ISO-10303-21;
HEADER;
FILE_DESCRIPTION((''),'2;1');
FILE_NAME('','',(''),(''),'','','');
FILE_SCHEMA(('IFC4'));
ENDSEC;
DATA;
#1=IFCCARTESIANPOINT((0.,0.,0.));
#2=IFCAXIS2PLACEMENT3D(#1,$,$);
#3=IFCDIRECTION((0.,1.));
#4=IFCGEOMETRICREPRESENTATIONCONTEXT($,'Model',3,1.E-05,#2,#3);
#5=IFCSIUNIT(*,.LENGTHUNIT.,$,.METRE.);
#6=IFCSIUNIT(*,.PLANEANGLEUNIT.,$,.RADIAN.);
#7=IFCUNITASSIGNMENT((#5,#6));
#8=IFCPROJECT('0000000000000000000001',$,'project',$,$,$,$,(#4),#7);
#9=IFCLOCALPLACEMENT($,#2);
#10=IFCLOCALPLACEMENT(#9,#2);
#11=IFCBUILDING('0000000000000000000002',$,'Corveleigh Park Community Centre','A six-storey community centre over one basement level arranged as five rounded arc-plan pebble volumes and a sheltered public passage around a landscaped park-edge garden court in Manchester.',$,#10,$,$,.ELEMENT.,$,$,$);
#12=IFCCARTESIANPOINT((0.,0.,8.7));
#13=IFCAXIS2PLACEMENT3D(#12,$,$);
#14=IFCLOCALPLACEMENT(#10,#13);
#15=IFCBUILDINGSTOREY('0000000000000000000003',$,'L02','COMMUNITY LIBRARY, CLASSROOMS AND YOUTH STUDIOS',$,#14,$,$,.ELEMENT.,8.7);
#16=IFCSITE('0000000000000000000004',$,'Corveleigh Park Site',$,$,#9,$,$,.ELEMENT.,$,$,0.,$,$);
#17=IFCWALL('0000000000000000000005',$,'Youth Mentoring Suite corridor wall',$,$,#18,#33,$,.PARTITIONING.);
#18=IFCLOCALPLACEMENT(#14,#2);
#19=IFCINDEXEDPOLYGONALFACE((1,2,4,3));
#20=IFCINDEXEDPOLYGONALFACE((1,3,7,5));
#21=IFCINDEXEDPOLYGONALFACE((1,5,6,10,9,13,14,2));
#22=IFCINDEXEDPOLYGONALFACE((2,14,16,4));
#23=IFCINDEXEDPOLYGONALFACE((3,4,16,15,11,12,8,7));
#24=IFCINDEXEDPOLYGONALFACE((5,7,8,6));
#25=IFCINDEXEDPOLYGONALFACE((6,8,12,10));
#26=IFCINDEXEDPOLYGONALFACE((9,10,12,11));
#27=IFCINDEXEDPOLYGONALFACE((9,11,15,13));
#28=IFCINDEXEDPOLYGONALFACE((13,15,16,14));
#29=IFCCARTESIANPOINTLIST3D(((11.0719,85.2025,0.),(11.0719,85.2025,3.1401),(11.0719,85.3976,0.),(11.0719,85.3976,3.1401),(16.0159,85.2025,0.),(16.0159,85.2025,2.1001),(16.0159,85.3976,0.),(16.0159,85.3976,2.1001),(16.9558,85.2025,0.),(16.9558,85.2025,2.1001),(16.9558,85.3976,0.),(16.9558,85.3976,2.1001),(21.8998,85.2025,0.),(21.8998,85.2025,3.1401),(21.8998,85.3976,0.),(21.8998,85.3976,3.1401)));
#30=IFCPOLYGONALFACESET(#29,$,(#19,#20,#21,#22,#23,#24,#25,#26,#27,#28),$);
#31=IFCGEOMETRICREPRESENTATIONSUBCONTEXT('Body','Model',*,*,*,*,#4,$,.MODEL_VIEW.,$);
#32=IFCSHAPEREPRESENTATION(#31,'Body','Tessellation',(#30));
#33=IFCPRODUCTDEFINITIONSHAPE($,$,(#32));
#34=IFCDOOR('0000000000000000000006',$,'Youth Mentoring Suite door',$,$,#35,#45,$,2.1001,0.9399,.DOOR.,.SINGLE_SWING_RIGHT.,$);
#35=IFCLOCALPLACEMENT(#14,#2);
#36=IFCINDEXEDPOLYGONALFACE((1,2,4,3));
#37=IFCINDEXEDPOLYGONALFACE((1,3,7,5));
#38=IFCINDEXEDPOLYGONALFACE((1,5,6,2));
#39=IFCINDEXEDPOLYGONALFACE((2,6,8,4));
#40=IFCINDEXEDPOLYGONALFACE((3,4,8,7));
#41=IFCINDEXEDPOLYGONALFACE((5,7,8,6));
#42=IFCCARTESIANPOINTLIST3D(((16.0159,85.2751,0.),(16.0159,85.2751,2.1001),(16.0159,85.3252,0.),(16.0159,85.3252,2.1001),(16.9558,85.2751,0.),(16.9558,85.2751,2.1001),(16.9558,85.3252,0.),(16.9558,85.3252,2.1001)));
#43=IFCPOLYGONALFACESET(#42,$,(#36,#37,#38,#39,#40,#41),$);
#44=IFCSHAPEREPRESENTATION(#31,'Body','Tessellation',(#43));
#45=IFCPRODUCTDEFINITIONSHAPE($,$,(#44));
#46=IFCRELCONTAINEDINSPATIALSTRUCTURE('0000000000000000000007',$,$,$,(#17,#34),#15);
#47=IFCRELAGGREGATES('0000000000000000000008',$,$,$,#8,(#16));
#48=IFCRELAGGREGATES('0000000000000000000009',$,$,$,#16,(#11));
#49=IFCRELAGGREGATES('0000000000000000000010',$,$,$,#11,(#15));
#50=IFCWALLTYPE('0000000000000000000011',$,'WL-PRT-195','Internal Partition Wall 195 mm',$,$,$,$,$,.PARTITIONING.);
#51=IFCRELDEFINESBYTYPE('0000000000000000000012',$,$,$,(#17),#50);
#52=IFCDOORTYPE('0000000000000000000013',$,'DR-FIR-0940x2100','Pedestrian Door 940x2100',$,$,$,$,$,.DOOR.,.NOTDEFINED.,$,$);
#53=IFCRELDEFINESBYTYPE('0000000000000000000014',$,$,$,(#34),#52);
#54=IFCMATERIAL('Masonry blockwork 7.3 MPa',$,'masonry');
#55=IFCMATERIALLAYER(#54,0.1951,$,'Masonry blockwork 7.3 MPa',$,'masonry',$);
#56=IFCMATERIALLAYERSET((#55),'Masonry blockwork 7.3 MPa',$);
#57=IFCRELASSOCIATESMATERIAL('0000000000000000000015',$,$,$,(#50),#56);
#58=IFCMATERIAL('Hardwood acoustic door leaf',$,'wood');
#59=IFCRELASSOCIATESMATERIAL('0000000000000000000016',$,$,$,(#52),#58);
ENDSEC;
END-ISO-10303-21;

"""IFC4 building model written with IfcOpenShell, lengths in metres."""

from ifc_helpers import new_model, si_unit, direction, frame, frame_2d, origin, place, context, subcontext, project, spatial, rectangle, extrude, material, layer, layer_set, type_object, element, fill, save


model = new_model("IFC4")

# Units and contexts
model_context = context("Model", 3, precision=1e-05, world=origin(), true_north=direction((0.0, 1.0)))
body_context = subcontext(model_context, "Body", "Model", "MODEL_VIEW")
ifc_project = project(units=[si_unit("LENGTHUNIT", "METRE"), si_unit("PLANEANGLEUNIT", "RADIAN")], contexts=[model_context])

# Site, building, storey
site_placement = place(None, origin())
site = spatial("IfcSite", under=ifc_project, at=site_placement, Name="Corveleigh Park Site", CompositionType="ELEMENT", RefElevation=0.0)
building_placement = place(site_placement, origin())
building = spatial("IfcBuilding", under=site, at=building_placement, Name="Corveleigh Park Community Centre", Description="A six-storey community centre over one basement level arranged as five rounded arc-plan pebble volumes and a sheltered public passage around a landscaped park-edge garden court in Manchester.", CompositionType="ELEMENT")
storey_placement = place(building_placement, frame((0.0, 0.0, 8.7)))
storey = spatial("IfcBuildingStorey", under=building, at=storey_placement, Name="L02", Description="COMMUNITY LIBRARY, CLASSROOMS AND YOUTH STUDIOS", CompositionType="ELEMENT", Elevation=8.7)

# Wall, opening, door
ifc_material_1 = material(Name="Masonry blockwork 7.3 MPa", Category="masonry")
ifc_layer_1 = layer(ifc_material_1, 0.1951, Name="Masonry blockwork 7.3 MPa", Category="masonry")
ifc_layer_set_1 = layer_set([ifc_layer_1], Name="Masonry blockwork 7.3 MPa")
wall_type_1 = type_object("IfcWallType", Name="WL-PRT-195", Description="Internal Partition Wall 195 mm", PredefinedType="PARTITIONING", material=ifc_layer_set_1)
wall_1_placement = place(storey_placement, frame((21.8999, 85.3, 0.0), z_axis=(0.0, 0.0, 1.0), x_axis=(-1.0, 0.0, 0.0)))
wall_1 = element("IfcWall", 1, at=wall_1_placement, inside=storey, type_object=wall_type_1, Name="Youth Mentoring Suite corridor wall", PredefinedType="PARTITIONING", context=body_context, shape_type="SweptSolid", body=[
    extrude(rectangle(XDim=10.8279, YDim=0.1951, at=frame_2d((5.4141, 0.0))), origin(), (0.0, 0.0, 1.0), 3.1401),
])
opening_placement = place(wall_1_placement, frame((4.9441, 0.0, 0.0)))
opening = element("IfcOpeningElement", 2, at=opening_placement, cuts=wall_1, PredefinedType="OPENING", context=body_context, shape_type="SweptSolid", body=[
    extrude(rectangle(XDim=0.9399, YDim=2.1001, at=frame_2d((0.47, 1.05))), frame((0.0, 0.1074, 0.0), z_axis=(0.0, -1.0, 0.0), x_axis=(1.0, 0.0, 0.0)), (0.0, 0.0, 1.0), 0.2151),
])
ifc_material_2 = material(Name="Hardwood acoustic door leaf", Category="wood")
door_type = type_object("IfcDoorType", Name="DR-FIR-0940x2100", Description="Pedestrian Door 940x2100", OperationType="NOTDEFINED", PredefinedType="DOOR", material=ifc_material_2)
door_placement = place(opening_placement, origin())
door = element("IfcDoor", 3, at=door_placement, inside=storey, type_object=door_type, Name="Youth Mentoring Suite door", OperationType="SINGLE_SWING_RIGHT", OverallHeight=2.1001, OverallWidth=0.9399, PredefinedType="DOOR", context=body_context, shape_type="SweptSolid", body=[
    extrude(rectangle(XDim=0.9399, YDim=2.1001, at=frame_2d((0.47, 1.05))), frame((0.0, 0.0249, 0.0), z_axis=(0.0, -1.0, 0.0), x_axis=(1.0, 0.0, 0.0)), (0.0, 0.0, 1.0), 0.05),
])
fill(opening, door)

save(model, "model.ifc")
